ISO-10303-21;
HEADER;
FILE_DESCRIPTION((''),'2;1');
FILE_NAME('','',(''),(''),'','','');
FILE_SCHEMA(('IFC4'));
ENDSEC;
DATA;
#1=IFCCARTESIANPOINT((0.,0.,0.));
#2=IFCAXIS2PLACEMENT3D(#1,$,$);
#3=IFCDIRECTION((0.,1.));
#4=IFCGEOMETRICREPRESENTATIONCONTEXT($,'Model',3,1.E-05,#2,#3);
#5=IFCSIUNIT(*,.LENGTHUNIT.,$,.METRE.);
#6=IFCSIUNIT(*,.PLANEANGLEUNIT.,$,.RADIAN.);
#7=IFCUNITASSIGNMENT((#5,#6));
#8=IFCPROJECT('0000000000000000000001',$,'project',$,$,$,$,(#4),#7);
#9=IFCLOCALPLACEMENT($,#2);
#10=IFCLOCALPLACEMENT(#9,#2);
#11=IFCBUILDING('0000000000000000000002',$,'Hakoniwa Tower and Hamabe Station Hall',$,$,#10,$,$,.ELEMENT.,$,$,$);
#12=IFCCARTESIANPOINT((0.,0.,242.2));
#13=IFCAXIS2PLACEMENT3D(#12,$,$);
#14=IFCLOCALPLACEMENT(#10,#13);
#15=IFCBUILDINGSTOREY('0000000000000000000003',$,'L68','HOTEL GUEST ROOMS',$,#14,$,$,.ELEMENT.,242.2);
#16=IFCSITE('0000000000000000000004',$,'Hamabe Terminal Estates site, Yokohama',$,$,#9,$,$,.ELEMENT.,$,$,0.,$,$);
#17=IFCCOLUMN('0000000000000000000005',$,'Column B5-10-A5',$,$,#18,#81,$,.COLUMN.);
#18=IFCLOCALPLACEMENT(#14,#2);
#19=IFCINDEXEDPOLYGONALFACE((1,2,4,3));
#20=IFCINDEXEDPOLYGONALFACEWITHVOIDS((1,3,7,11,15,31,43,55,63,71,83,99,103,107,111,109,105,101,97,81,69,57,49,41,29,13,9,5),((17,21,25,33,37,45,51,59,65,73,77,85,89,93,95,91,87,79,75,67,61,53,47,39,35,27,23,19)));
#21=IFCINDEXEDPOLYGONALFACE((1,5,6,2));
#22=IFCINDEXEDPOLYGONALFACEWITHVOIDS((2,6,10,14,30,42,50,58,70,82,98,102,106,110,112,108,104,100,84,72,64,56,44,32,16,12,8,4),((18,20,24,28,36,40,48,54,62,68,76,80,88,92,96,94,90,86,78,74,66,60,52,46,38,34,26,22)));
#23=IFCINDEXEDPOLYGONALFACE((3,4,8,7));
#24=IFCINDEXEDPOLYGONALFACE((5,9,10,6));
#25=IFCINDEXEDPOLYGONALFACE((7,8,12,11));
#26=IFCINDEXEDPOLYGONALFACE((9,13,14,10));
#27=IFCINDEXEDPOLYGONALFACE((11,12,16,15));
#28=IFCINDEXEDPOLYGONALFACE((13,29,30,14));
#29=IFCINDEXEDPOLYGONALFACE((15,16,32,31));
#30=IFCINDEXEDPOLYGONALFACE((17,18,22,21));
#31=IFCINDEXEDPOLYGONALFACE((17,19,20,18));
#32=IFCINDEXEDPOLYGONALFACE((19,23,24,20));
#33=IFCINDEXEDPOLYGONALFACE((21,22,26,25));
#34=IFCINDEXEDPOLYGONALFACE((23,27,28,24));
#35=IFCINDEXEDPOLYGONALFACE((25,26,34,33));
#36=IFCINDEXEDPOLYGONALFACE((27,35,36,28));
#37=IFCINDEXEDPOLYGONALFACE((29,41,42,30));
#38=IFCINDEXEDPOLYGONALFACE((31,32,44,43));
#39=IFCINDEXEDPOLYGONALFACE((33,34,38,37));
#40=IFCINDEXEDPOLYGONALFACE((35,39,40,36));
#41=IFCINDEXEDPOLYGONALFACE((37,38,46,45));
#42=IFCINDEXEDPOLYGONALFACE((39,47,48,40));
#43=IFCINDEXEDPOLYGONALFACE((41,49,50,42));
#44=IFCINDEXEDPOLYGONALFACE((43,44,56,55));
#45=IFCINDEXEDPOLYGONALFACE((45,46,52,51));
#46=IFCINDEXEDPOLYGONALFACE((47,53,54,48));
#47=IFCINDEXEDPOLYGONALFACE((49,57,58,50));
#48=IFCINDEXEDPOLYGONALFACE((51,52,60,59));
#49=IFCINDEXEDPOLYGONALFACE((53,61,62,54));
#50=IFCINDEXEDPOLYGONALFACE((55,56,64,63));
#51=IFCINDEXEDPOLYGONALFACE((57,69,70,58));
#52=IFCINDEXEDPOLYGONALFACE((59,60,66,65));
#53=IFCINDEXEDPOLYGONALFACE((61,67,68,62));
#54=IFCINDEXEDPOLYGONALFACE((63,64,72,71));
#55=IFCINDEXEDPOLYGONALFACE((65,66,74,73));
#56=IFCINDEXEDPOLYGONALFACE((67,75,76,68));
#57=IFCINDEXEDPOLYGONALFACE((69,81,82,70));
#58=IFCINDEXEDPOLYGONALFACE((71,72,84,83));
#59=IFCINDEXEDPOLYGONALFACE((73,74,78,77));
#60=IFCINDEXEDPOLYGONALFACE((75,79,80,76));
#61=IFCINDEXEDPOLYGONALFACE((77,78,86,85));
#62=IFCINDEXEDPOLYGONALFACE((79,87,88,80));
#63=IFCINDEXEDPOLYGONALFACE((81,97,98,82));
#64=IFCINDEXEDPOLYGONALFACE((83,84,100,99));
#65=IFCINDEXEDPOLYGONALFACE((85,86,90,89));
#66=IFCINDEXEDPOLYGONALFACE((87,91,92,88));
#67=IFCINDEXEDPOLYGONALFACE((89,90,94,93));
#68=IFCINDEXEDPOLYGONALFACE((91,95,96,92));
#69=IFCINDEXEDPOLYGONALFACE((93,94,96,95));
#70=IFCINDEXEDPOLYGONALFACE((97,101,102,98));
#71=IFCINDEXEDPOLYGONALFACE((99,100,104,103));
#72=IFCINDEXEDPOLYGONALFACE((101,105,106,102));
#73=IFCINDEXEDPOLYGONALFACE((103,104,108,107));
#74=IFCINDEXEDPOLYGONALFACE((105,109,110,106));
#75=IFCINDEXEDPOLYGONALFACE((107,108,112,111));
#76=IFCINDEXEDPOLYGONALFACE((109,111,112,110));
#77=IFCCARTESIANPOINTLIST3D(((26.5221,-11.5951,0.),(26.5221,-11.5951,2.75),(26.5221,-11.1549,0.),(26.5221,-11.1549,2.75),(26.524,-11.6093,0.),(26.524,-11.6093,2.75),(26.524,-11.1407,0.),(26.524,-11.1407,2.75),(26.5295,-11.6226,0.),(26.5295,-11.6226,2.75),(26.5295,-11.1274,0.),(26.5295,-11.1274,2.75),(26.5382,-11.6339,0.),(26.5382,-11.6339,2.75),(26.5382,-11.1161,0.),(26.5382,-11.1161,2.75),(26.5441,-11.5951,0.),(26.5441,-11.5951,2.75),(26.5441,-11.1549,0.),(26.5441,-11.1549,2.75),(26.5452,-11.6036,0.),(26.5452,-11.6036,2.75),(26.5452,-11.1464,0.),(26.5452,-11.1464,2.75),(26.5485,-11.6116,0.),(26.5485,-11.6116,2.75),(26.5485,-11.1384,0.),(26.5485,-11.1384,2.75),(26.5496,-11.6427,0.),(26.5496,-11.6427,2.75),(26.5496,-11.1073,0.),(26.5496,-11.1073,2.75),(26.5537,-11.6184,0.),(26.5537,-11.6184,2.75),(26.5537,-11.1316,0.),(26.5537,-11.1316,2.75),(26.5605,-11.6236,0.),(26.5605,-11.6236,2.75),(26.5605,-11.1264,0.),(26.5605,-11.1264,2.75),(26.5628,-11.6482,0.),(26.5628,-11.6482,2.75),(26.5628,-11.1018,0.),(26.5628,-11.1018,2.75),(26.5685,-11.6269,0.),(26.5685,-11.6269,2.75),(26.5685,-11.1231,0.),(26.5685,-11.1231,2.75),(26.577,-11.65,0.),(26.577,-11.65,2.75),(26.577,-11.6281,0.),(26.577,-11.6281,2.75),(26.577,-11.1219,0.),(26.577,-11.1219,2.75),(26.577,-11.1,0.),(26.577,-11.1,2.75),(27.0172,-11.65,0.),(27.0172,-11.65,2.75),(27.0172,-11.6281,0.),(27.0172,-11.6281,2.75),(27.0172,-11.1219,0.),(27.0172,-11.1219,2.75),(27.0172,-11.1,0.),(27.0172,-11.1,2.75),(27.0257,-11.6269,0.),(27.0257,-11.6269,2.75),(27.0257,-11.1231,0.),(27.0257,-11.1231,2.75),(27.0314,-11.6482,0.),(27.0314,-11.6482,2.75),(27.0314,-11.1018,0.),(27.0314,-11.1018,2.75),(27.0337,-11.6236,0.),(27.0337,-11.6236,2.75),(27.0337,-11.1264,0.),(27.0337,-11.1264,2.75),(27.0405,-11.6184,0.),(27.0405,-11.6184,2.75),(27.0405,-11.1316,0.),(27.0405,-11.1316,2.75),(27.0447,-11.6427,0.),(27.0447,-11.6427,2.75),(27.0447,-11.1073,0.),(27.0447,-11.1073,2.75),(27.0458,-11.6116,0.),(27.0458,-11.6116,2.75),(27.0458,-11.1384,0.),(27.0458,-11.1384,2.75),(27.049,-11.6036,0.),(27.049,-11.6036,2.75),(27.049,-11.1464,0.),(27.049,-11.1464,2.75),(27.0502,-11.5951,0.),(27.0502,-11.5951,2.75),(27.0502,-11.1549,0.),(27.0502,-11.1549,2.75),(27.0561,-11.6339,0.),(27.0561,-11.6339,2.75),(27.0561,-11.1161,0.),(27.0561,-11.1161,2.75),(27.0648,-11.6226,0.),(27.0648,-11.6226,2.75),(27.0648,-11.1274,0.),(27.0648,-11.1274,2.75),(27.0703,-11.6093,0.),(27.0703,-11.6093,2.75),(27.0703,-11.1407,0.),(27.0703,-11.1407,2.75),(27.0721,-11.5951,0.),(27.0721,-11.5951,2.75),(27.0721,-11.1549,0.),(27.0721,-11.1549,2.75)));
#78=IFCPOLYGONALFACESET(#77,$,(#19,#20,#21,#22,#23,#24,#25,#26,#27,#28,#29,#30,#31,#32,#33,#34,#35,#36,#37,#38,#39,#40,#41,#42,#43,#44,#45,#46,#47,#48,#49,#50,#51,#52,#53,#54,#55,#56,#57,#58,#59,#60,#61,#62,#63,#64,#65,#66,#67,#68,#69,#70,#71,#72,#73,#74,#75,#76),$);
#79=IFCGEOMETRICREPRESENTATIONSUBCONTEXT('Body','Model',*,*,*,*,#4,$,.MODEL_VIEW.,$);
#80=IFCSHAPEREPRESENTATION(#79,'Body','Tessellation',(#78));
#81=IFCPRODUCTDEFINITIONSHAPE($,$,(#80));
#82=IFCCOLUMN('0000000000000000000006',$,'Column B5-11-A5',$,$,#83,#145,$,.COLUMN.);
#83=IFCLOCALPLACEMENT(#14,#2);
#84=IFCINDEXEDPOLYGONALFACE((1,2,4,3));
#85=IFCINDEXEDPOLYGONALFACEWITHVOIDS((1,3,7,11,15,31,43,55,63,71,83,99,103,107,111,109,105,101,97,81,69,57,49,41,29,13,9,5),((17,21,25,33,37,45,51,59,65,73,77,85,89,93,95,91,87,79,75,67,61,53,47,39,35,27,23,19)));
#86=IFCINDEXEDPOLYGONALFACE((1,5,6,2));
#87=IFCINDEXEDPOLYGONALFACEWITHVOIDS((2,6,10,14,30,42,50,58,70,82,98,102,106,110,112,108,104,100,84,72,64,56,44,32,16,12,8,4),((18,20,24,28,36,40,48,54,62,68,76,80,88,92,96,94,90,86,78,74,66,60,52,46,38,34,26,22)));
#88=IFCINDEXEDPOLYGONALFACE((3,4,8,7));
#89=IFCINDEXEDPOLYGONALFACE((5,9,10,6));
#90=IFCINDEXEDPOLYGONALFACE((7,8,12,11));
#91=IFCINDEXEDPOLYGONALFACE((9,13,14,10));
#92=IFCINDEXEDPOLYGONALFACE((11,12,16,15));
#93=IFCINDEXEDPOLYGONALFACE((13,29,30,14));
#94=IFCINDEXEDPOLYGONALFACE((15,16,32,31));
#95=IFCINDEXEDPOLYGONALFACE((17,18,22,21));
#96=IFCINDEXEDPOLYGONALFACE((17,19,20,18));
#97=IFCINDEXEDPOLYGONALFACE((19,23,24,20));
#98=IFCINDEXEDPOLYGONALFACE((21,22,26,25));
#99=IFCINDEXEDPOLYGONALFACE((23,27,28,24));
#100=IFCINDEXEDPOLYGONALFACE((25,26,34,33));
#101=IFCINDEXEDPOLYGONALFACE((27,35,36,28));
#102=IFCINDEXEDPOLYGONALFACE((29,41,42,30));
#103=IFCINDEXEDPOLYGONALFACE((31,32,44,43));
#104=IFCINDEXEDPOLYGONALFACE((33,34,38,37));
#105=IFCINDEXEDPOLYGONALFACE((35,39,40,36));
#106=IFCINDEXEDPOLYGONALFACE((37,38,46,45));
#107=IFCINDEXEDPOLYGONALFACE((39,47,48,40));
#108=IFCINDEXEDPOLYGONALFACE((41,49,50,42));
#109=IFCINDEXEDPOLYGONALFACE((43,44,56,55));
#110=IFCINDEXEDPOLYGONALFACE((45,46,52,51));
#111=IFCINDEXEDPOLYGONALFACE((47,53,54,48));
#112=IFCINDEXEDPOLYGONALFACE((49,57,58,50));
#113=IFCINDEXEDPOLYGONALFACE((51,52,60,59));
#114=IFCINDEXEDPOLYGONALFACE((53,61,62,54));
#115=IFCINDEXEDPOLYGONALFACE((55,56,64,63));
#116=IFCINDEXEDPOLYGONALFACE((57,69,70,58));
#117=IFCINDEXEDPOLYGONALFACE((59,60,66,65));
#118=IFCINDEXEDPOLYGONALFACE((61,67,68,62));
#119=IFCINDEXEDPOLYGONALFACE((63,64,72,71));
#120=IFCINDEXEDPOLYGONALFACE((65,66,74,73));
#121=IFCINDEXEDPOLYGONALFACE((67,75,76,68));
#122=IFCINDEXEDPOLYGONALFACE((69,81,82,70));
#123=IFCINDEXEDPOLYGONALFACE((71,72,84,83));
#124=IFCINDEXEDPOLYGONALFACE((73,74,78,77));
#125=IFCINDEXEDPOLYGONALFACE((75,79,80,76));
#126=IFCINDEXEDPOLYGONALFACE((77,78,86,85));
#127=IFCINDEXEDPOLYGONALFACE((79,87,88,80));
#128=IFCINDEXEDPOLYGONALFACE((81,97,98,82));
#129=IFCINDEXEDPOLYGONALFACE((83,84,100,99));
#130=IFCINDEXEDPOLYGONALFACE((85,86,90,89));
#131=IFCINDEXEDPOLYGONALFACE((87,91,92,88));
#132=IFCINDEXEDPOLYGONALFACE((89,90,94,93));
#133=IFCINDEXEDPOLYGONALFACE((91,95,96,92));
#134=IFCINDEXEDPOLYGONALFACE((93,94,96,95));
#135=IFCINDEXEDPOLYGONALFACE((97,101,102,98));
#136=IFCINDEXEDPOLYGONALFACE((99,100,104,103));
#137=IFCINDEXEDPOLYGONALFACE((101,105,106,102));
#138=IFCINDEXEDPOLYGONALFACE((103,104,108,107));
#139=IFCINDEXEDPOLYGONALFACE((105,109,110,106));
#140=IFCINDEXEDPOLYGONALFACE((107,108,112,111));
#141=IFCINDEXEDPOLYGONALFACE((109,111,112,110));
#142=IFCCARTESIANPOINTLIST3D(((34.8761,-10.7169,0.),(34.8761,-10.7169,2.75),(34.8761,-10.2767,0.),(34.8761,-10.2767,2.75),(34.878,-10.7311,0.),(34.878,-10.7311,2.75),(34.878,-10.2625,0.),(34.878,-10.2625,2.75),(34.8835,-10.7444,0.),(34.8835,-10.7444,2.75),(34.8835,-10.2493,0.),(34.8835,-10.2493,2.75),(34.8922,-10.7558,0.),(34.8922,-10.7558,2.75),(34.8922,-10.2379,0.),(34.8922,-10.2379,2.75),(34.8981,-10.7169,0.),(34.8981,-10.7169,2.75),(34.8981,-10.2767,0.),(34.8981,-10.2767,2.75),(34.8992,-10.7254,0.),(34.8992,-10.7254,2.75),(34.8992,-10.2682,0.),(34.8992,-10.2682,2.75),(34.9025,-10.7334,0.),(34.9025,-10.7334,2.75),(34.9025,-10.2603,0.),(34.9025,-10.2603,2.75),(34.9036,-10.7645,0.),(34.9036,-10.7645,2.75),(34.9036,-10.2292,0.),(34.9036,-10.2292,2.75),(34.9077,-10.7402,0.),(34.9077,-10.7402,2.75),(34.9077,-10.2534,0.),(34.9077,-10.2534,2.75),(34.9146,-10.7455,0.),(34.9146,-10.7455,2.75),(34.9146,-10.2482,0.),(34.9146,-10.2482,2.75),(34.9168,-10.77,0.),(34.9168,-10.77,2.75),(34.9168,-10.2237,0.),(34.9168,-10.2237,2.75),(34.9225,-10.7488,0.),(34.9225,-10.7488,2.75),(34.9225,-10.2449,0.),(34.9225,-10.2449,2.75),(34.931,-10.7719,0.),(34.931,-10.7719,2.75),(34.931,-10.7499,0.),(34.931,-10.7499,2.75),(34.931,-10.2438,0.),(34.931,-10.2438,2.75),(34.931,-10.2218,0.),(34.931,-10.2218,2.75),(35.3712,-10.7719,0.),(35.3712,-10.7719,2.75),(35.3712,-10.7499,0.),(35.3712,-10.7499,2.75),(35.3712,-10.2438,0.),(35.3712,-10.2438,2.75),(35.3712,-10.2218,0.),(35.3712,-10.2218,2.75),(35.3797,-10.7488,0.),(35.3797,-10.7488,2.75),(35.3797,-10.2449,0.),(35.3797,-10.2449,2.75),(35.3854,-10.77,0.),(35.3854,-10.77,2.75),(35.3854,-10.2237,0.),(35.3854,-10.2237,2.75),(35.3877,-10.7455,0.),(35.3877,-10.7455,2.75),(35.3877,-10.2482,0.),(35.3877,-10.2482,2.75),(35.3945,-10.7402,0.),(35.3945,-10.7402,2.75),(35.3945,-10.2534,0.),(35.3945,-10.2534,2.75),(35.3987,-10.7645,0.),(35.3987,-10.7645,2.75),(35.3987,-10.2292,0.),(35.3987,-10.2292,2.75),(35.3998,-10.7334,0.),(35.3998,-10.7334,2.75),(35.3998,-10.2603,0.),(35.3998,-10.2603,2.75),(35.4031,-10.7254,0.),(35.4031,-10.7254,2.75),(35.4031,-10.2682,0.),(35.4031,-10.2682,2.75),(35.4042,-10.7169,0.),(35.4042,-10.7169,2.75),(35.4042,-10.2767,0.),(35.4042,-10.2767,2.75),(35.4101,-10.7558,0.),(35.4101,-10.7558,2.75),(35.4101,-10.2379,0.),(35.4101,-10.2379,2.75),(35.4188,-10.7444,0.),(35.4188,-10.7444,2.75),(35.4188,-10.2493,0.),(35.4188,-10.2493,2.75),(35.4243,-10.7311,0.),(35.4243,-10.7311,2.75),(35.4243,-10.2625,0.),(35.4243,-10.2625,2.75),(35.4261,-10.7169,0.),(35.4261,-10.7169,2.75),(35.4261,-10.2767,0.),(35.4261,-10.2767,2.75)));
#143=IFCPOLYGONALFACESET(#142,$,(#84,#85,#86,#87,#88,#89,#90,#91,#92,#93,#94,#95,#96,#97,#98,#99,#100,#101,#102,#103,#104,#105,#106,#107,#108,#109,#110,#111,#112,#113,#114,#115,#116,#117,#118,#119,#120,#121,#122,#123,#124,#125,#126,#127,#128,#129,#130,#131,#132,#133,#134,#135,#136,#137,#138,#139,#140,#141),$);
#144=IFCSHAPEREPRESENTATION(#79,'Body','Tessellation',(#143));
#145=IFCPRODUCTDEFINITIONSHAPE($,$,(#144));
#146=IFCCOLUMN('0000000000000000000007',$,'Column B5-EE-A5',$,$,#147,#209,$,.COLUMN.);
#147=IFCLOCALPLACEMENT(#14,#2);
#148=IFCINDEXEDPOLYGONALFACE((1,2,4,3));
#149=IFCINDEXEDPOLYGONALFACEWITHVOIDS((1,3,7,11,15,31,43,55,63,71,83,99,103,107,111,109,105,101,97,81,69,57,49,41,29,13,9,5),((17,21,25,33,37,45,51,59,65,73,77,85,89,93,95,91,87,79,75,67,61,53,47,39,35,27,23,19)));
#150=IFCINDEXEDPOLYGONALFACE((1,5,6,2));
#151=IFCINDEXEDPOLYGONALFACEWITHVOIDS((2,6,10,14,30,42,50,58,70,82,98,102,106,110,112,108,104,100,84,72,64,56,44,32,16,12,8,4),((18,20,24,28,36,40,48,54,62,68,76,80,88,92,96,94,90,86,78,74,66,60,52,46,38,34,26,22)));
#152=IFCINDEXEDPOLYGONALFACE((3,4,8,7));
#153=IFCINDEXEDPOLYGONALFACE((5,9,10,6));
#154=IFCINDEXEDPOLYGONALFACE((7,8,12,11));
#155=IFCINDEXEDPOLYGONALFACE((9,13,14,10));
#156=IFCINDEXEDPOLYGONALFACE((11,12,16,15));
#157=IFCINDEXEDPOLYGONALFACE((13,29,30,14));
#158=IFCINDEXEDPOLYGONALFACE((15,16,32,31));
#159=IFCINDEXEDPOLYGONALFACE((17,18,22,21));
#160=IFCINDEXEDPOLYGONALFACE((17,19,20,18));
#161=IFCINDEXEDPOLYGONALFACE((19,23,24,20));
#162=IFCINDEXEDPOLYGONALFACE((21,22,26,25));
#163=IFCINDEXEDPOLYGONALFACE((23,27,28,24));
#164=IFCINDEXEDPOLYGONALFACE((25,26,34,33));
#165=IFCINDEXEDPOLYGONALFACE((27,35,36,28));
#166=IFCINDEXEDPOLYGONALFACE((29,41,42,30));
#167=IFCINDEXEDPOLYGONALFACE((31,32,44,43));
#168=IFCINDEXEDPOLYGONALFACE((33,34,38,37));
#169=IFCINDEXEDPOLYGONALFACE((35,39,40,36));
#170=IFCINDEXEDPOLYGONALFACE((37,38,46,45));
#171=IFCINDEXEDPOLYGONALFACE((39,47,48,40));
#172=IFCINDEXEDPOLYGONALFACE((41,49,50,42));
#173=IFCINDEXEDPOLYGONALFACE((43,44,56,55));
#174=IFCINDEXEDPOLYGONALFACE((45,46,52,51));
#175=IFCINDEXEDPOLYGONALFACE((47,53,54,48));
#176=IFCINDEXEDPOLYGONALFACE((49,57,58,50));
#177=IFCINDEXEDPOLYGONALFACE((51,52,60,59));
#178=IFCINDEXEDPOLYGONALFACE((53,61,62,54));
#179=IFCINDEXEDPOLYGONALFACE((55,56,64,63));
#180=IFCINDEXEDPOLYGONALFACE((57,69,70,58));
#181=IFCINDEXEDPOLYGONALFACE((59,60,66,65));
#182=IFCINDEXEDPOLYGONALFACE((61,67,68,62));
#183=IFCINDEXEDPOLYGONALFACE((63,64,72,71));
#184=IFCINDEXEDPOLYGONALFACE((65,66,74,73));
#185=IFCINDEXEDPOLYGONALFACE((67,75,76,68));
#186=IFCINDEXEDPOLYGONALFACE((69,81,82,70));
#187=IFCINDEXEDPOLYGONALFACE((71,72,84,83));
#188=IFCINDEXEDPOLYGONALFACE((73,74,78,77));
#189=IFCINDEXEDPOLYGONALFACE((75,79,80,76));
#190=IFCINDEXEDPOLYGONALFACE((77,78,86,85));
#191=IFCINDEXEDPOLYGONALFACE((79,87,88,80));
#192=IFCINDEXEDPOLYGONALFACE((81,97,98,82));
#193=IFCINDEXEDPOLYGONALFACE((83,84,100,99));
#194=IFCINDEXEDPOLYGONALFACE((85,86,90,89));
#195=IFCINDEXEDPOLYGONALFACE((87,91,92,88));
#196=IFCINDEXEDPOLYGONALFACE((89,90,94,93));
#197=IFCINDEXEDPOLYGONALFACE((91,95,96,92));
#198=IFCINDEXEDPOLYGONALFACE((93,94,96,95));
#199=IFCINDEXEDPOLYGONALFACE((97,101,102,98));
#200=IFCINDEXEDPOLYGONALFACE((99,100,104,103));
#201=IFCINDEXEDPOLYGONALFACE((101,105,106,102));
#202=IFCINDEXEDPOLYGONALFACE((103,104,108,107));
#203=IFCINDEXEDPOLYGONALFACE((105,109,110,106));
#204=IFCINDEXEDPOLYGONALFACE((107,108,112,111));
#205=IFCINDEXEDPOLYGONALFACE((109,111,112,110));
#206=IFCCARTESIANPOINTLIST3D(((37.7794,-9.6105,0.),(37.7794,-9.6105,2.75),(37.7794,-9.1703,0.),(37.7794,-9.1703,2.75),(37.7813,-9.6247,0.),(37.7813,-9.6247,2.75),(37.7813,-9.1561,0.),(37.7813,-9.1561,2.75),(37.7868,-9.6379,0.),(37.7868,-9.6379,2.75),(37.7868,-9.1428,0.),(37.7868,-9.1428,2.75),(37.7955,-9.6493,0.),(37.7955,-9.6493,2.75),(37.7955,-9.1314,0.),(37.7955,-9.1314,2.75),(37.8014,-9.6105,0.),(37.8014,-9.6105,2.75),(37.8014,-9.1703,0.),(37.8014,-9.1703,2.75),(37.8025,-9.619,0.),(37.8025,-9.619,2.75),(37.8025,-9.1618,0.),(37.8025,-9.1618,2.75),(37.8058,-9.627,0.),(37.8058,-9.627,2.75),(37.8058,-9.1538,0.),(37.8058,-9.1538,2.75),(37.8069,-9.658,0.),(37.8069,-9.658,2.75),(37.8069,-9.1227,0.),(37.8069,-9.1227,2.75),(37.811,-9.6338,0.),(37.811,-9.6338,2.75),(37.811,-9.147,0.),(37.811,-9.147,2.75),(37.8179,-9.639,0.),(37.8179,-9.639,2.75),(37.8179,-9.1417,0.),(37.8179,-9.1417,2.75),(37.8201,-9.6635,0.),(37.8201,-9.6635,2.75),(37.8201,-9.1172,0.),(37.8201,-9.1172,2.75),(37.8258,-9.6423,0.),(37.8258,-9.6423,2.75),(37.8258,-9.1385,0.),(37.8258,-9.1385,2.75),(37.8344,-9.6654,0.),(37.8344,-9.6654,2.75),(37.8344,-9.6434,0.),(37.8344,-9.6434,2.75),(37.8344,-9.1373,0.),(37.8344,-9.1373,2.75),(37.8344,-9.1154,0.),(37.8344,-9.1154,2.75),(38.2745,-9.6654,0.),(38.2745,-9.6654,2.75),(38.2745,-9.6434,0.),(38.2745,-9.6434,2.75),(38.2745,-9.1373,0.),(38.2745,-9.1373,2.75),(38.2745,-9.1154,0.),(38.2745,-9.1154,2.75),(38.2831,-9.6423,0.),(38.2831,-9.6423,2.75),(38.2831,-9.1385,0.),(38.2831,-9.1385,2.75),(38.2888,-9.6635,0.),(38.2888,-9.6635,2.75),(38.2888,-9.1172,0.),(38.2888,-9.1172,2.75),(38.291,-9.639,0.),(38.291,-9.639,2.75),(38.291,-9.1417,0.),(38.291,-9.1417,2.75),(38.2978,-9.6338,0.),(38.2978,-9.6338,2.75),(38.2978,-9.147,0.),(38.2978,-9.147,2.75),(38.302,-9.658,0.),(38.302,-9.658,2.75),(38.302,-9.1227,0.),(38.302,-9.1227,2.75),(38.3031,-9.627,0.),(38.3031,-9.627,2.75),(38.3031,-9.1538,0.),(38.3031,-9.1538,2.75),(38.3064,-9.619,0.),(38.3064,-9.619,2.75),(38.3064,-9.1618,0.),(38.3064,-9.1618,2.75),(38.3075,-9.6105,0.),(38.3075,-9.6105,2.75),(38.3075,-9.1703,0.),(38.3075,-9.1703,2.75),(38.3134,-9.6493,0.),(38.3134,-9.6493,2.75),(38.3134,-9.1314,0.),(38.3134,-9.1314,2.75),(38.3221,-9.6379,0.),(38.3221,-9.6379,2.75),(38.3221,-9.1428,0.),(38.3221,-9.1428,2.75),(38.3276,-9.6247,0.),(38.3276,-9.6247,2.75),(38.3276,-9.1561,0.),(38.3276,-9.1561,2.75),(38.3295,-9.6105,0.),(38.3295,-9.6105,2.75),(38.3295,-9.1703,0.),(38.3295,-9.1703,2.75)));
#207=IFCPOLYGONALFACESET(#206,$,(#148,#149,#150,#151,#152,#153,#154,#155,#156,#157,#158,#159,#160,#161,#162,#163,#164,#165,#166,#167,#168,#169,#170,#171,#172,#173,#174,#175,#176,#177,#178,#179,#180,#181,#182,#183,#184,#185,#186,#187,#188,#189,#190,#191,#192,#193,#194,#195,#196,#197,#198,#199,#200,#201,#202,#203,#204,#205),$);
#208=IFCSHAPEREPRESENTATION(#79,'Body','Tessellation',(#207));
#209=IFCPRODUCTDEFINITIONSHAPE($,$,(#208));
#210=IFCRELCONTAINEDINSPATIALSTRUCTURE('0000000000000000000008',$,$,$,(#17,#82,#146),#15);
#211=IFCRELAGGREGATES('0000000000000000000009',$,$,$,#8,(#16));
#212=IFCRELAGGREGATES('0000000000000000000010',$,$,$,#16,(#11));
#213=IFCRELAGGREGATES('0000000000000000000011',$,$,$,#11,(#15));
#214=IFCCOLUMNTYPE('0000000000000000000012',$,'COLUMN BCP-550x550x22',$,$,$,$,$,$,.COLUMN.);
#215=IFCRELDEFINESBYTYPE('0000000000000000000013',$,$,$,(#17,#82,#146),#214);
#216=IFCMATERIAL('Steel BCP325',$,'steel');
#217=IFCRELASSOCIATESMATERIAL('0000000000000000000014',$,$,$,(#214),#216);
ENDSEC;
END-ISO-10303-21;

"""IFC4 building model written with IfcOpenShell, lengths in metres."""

from ifc_helpers import new_model, si_unit, direction, frame, origin, origin_2d, place, context, subcontext, project, spatial, hollow_rectangle, extrude, material, material_profile, profile_set, type_object, element, save


model = new_model("IFC4")

# Units and contexts
model_context = context("Model", 3, precision=1e-05, world=origin(), true_north=direction((0.0, 1.0)))
body_context = subcontext(model_context, "Body", "Model", "MODEL_VIEW")
ifc_project = project(units=[si_unit("LENGTHUNIT", "METRE"), si_unit("PLANEANGLEUNIT", "RADIAN")], contexts=[model_context])

# Site, building, storey
site_placement = place(None, origin())
site = spatial("IfcSite", under=ifc_project, at=site_placement, Name="Hamabe Terminal Estates site, Yokohama", CompositionType="ELEMENT", RefElevation=0.0)
building_placement = place(site_placement, origin())
building = spatial("IfcBuilding", under=site, at=building_placement, Name="Hakoniwa Tower and Hamabe Station Hall", CompositionType="ELEMENT")
storey_placement = place(building_placement, frame((0.0, 0.0, 242.2)))
storey = spatial("IfcBuildingStorey", under=building, at=storey_placement, Name="L68", Description="HOTEL GUEST ROOMS", CompositionType="ELEMENT", Elevation=242.2)

# Columns
ifc_material_1 = material(Name="Steel BCP325", Category="steel")
ifc_material_profile_1 = material_profile(ifc_material_1, hollow_rectangle(XDim=0.55, YDim=0.55, WallThickness=0.022, InnerFilletRadius=0.033, OuterFilletRadius=0.0549, at=origin_2d()), Name="BCP-550x550x22")
ifc_profile_set_1 = profile_set([ifc_material_profile_1], Name="Steel BCP325")
column_type = type_object("IfcColumnType", Name="COLUMN BCP-550x550x22", PredefinedType="COLUMN", material=ifc_profile_set_1)
for number, where, z_axis, x_axis, name in (
    (1, (26.7971, -11.375, 0.0), (0.0, 0.0, 1.0), (1.0, 0.0, 0.0), "Column B5-10-A5"),
    (2, (35.1511, -10.4968, 0.0), (0.0, 0.0, 1.0), (1.0, 0.0, 0.0), "Column B5-11-A5"),
    (3, (38.0544, -9.3904, 0.0), (0.0, 0.0, 1.0), (1.0, 0.0, 0.0), "Column B5-EE-A5"),
):
    element("IfcColumn", number, at=place(storey_placement, frame(where, z_axis=z_axis, x_axis=x_axis)), inside=storey, type_object=column_type, Name=name, PredefinedType="COLUMN", context=body_context, shape_type="SweptSolid", body=[
        extrude(hollow_rectangle(XDim=0.55, YDim=0.55, WallThickness=0.022, InnerFilletRadius=0.033, OuterFilletRadius=0.0549, at=origin_2d()), origin(), (0.0, 0.0, 1.0), 2.75),
    ])

save(model, "model.ifc")
